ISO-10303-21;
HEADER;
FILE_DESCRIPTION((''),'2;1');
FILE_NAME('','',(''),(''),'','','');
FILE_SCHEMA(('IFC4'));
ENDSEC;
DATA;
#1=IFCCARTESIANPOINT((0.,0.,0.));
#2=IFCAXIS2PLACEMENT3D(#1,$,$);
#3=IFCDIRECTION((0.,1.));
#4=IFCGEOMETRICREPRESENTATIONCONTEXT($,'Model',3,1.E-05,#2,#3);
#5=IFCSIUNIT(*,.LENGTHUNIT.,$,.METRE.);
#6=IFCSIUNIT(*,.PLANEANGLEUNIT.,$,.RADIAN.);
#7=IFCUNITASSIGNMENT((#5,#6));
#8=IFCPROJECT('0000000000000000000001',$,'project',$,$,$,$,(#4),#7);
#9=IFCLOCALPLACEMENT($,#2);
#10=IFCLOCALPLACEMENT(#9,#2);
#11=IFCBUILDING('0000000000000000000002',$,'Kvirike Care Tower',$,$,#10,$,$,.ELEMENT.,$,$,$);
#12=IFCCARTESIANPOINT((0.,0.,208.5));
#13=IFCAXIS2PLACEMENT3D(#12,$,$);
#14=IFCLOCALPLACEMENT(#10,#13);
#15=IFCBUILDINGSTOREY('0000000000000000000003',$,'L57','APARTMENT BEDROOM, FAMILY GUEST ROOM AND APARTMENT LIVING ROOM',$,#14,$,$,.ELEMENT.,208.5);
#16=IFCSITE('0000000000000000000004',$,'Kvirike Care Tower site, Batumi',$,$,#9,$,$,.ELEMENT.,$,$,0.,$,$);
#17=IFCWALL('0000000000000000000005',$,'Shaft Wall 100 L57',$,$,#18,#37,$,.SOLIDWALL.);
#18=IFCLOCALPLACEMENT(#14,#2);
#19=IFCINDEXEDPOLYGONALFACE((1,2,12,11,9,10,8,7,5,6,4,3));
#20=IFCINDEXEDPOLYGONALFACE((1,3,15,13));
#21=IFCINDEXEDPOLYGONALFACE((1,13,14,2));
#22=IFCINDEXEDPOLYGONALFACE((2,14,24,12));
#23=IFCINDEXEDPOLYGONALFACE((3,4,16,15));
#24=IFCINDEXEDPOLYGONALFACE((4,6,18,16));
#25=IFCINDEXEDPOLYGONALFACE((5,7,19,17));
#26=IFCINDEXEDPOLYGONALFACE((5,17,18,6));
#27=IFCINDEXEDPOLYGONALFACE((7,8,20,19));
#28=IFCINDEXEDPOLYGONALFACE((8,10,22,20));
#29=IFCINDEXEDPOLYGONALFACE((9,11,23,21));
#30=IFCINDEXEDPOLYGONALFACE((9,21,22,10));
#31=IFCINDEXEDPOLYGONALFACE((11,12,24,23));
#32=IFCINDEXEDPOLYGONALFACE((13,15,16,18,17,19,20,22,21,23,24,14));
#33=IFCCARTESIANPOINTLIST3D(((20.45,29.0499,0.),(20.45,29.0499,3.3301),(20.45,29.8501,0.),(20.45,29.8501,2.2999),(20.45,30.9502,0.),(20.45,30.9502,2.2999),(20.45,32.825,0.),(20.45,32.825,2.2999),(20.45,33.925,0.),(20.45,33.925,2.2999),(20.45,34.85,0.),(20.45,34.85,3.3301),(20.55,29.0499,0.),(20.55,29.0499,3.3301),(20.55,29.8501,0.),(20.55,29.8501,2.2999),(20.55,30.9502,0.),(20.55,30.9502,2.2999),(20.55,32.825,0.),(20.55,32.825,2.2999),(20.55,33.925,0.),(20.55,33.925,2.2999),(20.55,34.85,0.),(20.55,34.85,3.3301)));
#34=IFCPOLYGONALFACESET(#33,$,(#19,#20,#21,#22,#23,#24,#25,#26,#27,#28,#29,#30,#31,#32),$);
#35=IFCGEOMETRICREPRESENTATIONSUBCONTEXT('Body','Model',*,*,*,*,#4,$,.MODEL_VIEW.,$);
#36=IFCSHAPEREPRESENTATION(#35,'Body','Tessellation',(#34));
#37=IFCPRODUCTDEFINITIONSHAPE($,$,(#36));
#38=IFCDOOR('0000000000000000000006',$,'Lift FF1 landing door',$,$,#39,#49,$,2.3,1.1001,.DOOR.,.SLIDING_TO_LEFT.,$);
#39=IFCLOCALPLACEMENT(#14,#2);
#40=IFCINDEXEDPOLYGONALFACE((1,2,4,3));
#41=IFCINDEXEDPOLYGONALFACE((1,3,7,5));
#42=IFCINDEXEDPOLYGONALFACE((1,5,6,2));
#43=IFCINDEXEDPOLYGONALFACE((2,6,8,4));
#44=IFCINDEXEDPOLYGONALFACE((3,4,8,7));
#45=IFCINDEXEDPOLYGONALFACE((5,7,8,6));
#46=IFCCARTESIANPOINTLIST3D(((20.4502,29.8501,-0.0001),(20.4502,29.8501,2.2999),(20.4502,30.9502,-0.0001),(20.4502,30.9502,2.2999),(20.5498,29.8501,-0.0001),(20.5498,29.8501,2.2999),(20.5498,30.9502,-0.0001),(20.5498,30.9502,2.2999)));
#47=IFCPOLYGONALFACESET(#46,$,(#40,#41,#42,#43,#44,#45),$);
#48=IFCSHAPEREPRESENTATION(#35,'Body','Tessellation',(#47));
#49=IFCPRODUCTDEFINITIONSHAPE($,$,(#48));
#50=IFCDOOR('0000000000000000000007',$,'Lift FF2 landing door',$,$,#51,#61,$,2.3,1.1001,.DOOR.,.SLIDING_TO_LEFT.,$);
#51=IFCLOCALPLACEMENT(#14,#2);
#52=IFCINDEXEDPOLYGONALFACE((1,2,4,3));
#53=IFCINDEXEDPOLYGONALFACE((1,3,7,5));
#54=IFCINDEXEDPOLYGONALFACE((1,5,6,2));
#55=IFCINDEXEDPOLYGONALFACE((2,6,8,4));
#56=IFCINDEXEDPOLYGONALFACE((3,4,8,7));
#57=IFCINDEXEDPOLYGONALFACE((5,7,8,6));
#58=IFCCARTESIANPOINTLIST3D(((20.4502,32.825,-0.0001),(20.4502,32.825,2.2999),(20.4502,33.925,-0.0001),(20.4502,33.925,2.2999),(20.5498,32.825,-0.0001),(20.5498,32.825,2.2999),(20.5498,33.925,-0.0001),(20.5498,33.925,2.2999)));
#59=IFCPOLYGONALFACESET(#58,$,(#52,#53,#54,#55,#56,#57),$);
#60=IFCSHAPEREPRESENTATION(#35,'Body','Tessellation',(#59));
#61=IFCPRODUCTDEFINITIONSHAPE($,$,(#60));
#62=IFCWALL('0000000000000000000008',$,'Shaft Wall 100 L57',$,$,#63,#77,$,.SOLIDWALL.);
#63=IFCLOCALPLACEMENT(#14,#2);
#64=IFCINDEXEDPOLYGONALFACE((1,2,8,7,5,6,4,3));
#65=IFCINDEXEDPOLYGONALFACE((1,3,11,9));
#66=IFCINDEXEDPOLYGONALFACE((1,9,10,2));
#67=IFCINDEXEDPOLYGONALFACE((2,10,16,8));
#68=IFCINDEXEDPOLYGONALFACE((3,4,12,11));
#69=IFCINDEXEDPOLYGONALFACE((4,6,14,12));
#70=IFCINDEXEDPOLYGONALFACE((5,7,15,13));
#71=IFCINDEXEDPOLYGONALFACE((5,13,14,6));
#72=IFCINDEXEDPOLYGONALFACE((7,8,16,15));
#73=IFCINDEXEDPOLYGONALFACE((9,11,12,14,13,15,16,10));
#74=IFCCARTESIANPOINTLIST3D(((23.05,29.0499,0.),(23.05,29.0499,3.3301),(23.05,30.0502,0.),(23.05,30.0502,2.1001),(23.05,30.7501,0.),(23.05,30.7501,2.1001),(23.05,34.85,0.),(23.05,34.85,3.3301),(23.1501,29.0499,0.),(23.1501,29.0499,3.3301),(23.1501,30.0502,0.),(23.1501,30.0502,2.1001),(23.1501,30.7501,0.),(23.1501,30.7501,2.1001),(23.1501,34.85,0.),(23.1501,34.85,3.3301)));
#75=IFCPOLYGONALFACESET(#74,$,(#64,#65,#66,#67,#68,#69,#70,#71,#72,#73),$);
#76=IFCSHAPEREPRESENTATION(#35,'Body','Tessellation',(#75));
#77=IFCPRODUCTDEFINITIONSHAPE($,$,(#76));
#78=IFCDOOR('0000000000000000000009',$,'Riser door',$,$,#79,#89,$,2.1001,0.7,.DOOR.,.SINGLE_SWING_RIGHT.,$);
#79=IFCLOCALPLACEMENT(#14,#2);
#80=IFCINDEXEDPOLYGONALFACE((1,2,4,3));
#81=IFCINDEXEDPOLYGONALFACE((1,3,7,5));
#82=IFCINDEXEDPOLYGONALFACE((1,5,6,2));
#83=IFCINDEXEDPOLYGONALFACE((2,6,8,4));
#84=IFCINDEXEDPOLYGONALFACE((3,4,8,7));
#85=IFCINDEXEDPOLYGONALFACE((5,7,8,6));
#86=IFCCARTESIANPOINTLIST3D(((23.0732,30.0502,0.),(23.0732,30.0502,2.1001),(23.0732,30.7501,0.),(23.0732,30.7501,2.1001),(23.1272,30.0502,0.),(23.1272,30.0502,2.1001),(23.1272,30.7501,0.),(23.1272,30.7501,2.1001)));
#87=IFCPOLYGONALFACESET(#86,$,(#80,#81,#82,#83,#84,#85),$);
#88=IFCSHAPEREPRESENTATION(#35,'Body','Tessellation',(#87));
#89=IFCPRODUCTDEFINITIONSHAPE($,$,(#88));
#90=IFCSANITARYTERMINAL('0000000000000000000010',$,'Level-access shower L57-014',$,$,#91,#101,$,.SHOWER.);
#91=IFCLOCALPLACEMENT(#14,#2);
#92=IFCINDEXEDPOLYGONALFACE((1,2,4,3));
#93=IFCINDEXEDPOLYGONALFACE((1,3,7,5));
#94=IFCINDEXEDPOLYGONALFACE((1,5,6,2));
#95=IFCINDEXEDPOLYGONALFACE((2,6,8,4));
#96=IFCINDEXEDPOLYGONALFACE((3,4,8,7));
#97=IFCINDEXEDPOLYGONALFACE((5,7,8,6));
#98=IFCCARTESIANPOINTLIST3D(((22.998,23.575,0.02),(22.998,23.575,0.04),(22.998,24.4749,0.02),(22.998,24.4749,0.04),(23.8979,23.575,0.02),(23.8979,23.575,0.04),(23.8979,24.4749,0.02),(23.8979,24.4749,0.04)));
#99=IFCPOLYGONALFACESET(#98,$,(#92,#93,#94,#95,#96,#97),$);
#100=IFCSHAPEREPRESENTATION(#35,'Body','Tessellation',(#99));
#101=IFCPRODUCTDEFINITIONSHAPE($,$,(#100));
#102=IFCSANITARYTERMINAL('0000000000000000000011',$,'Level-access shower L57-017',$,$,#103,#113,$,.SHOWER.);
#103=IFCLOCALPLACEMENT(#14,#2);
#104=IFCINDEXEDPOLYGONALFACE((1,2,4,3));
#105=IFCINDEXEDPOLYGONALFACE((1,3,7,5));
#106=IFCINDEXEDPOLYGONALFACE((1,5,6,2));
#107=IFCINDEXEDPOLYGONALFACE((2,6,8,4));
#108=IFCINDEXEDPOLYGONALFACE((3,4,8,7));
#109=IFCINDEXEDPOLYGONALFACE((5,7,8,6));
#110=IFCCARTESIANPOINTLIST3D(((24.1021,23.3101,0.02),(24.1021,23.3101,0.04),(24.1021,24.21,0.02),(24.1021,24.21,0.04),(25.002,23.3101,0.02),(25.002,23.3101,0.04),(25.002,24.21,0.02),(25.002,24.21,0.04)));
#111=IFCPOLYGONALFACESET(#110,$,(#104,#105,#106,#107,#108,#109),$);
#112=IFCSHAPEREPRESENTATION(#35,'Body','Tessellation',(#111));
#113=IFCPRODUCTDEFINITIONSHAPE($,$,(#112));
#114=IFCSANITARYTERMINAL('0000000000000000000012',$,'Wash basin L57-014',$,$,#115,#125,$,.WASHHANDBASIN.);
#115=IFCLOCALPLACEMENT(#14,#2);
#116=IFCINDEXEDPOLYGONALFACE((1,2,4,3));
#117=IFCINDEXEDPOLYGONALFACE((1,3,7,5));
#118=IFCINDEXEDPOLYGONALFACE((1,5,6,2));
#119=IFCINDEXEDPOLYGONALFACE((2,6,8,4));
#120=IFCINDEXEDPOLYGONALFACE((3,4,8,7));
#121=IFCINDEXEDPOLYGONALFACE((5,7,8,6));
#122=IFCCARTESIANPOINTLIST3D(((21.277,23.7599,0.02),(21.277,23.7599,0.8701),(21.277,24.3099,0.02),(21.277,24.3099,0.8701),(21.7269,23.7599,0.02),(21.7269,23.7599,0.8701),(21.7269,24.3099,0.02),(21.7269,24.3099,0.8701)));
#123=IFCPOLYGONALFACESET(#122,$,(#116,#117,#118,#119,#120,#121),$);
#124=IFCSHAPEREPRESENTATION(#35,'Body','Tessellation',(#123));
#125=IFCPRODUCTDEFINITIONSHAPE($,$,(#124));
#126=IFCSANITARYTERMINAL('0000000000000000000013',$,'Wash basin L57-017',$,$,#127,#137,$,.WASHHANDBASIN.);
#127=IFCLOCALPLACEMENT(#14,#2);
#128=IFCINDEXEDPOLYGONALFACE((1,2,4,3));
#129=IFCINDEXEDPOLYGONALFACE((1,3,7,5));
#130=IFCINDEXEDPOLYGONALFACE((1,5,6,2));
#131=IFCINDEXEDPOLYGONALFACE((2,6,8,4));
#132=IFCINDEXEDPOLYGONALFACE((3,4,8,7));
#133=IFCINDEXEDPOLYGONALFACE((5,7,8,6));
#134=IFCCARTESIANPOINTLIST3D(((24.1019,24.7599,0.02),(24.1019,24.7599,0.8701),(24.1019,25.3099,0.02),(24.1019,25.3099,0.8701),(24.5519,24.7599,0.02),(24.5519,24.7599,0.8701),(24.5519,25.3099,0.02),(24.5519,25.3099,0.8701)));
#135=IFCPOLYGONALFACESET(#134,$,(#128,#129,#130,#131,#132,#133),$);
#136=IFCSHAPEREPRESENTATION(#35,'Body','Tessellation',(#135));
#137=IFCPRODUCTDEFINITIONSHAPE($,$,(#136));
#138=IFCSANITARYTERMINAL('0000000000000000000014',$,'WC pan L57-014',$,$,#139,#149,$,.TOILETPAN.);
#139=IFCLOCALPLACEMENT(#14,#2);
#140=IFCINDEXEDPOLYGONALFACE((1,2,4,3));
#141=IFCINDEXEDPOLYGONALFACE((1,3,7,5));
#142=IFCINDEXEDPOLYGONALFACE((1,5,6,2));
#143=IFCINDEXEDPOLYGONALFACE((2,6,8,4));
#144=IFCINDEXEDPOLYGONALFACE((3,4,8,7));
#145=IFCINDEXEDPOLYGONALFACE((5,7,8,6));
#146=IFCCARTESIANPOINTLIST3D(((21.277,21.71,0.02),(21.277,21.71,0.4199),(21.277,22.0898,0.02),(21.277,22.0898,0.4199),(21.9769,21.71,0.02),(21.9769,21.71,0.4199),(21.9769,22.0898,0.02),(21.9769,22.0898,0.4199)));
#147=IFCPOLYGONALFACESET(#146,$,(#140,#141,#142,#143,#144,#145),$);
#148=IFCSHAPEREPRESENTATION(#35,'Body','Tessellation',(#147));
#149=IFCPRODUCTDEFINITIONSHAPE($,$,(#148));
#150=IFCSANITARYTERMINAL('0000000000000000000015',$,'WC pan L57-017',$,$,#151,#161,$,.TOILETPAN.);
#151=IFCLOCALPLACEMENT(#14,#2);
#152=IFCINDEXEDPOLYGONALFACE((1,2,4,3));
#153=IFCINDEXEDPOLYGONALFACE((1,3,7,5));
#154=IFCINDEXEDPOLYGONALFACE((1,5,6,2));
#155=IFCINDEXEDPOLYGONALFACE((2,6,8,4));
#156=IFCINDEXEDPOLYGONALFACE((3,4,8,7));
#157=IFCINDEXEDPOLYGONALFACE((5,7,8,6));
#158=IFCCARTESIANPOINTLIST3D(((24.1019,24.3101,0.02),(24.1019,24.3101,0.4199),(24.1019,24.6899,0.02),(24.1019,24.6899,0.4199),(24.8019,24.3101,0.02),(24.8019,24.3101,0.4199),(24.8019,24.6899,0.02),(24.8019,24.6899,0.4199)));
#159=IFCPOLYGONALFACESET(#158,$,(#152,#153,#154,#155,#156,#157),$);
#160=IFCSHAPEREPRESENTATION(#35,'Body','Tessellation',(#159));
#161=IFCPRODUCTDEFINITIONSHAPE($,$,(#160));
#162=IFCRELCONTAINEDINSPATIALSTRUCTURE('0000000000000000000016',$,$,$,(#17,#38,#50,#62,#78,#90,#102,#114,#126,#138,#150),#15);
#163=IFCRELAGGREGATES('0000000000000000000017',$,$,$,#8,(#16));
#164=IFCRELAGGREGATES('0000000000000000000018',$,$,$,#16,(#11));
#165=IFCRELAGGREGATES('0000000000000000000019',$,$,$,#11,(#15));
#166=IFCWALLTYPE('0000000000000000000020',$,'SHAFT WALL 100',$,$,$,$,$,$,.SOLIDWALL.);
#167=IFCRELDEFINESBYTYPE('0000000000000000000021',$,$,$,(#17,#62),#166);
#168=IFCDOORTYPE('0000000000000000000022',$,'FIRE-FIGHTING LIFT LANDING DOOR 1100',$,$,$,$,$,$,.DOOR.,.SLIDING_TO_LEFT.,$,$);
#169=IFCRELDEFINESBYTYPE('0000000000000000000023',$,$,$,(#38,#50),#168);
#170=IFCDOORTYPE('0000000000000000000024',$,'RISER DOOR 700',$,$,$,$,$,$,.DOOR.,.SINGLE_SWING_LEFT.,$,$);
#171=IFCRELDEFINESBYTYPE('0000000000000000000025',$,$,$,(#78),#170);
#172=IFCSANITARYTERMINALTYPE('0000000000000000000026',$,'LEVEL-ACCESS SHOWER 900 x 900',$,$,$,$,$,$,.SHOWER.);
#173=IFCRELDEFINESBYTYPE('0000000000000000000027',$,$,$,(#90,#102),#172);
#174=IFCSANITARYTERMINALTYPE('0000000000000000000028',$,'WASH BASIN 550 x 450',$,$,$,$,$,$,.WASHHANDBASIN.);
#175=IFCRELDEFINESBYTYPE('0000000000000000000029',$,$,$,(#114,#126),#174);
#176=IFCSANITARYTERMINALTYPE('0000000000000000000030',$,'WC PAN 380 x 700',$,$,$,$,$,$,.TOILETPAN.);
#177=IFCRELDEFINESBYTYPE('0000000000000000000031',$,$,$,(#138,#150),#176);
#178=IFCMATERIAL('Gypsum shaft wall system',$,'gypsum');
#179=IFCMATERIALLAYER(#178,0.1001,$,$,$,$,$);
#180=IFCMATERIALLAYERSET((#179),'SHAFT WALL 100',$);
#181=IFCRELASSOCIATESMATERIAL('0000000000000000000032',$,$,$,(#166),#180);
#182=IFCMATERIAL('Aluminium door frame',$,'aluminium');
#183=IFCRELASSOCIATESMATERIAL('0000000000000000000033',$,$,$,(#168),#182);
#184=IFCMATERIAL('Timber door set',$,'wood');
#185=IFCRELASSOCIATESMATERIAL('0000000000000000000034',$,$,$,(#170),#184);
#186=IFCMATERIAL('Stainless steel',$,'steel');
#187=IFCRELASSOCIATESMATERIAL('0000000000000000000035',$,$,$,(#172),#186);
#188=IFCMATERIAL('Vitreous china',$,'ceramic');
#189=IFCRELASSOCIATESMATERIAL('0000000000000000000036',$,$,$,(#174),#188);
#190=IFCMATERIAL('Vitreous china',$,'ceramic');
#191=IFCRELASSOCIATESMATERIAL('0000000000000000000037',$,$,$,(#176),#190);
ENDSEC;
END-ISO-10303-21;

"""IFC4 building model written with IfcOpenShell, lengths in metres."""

from ifc_helpers import new_model, si_unit, direction, frame, frame_2d, origin, origin_2d, place, context, subcontext, project, spatial, rectangle, extrude, material, layer, layer_set, type_object, element, fill, save


model = new_model("IFC4")

# Units and contexts
model_context = context("Model", 3, precision=1e-05, world=origin(), true_north=direction((0.0, 1.0)))
body_context = subcontext(model_context, "Body", "Model", "MODEL_VIEW")
ifc_project = project(units=[si_unit("LENGTHUNIT", "METRE"), si_unit("PLANEANGLEUNIT", "RADIAN")], contexts=[model_context])

# Site, building, storey
site_placement = place(None, origin())
site = spatial("IfcSite", under=ifc_project, at=site_placement, Name="Kvirike Care Tower site, Batumi", CompositionType="ELEMENT", RefElevation=0.0)
building_placement = place(site_placement, origin())
building = spatial("IfcBuilding", under=site, at=building_placement, Name="Kvirike Care Tower", CompositionType="ELEMENT")
storey_placement = place(building_placement, frame((0.0, 0.0, 208.5)))
storey = spatial("IfcBuildingStorey", under=building, at=storey_placement, Name="L57", Description="APARTMENT BEDROOM, FAMILY GUEST ROOM AND APARTMENT LIVING ROOM", CompositionType="ELEMENT", Elevation=208.5)

# Wall, openings, doors
ifc_material_1 = material(Name="Gypsum shaft wall system", Category="gypsum")
ifc_layer_1 = layer(ifc_material_1, 0.1001)
ifc_layer_set_1 = layer_set([ifc_layer_1], Name="SHAFT WALL 100")
wall_type_1 = type_object("IfcWallType", Name="SHAFT WALL 100", PredefinedType="SOLIDWALL", material=ifc_layer_set_1)
wall_1_placement = place(storey_placement, frame((20.5, 29.05, 0.0), z_axis=(0.0, 0.0, 1.0), x_axis=(0.0, 1.0, 0.0)))
wall_1 = element("IfcWall", 1, at=wall_1_placement, inside=storey, type_object=wall_type_1, Name="Shaft Wall 100 L57", PredefinedType="SOLIDWALL", context=body_context, shape_type="SweptSolid", body=[
    extrude(rectangle(XDim=5.8, YDim=0.1001, at=frame_2d((2.8999, 0.0))), origin(), (0.0, 0.0, 1.0), 3.3301),
])
opening_1_placement = place(wall_1_placement, frame((0.8, 0.0, 0.0)))
opening_1 = element("IfcOpeningElement", 2, at=opening_1_placement, cuts=wall_1, PredefinedType="OPENING", context=body_context, shape_type="SweptSolid", body=[
    extrude(rectangle(XDim=1.1001, YDim=2.3, at=frame_2d((0.55, 1.1499))), frame((0.0, 0.0605, 0.0), z_axis=(0.0, -1.0, 0.0), x_axis=(1.0, 0.0, 0.0)), (0.0, 0.0, 1.0), 0.1211),
])
opening_2_placement = place(wall_1_placement, frame((3.7749, 0.0, 0.0)))
opening_2 = element("IfcOpeningElement", 3, at=opening_2_placement, cuts=wall_1, PredefinedType="OPENING", context=body_context, shape_type="SweptSolid", body=[
    extrude(rectangle(XDim=1.1001, YDim=2.3, at=frame_2d((0.55, 1.1499))), frame((0.0, 0.0605, 0.0), z_axis=(0.0, -1.0, 0.0), x_axis=(1.0, 0.0, 0.0)), (0.0, 0.0, 1.0), 0.1211),
])
ifc_material_2 = material(Name="Aluminium door frame", Category="aluminium")
door_type_1 = type_object("IfcDoorType", Name="FIRE-FIGHTING LIFT LANDING DOOR 1100", OperationType="SLIDING_TO_LEFT", PredefinedType="DOOR", material=ifc_material_2)
door_1_placement = place(opening_1_placement, origin())
door_1 = element("IfcDoor", 4, at=door_1_placement, inside=storey, type_object=door_type_1, Name="Lift FF1 landing door", OperationType="SLIDING_TO_LEFT", OverallHeight=2.3, OverallWidth=1.1001, PredefinedType="DOOR", context=body_context, shape_type="SweptSolid", body=[
    extrude(rectangle(XDim=1.1001, YDim=2.3, at=frame_2d((0.55, 1.1499))), frame((0.0, 0.0498, 0.0), z_axis=(0.0, -1.0, 0.0), x_axis=(1.0, 0.0, 0.0)), (0.0, 0.0, 1.0), 0.0996),
])
fill(opening_1, door_1)
door_2_placement = place(opening_2_placement, origin())
door_2 = element("IfcDoor", 5, at=door_2_placement, inside=storey, type_object=door_type_1, Name="Lift FF2 landing door", OperationType="SLIDING_TO_LEFT", OverallHeight=2.3, OverallWidth=1.1001, PredefinedType="DOOR", context=body_context, shape_type="SweptSolid", body=[
    extrude(rectangle(XDim=1.1001, YDim=2.3, at=frame_2d((0.55, 1.1499))), frame((0.0, 0.0498, 0.0), z_axis=(0.0, -1.0, 0.0), x_axis=(1.0, 0.0, 0.0)), (0.0, 0.0, 1.0), 0.0996),
])
fill(opening_2, door_2)

# Wall, opening, door
wall_2_placement = place(storey_placement, frame((23.1001, 29.05, 0.0), z_axis=(0.0, 0.0, 1.0), x_axis=(0.0, 1.0, 0.0)))
wall_2 = element("IfcWall", 6, at=wall_2_placement, inside=storey, type_object=wall_type_1, Name="Shaft Wall 100 L57", PredefinedType="SOLIDWALL", context=body_context, shape_type="SweptSolid", body=[
    extrude(rectangle(XDim=5.8, YDim=0.1001, at=frame_2d((2.8999, 0.0))), origin(), (0.0, 0.0, 1.0), 3.3301),
])
opening_3_placement = place(wall_2_placement, frame((1.0, 0.0, 0.0)))
opening_3 = element("IfcOpeningElement", 7, at=opening_3_placement, cuts=wall_2, PredefinedType="OPENING", context=body_context, shape_type="SweptSolid", body=[
    extrude(rectangle(XDim=0.7, YDim=2.1001, at=frame_2d((0.3501, 1.05))), frame((0.0, 0.0605, 0.0), z_axis=(0.0, -1.0, 0.0), x_axis=(1.0, 0.0, 0.0)), (0.0, 0.0, 1.0), 0.1211),
])
ifc_material_3 = material(Name="Timber door set", Category="wood")
door_type_2 = type_object("IfcDoorType", Name="RISER DOOR 700", OperationType="SINGLE_SWING_LEFT", PredefinedType="DOOR", material=ifc_material_3)
door_3_placement = place(opening_3_placement, origin())
door_3 = element("IfcDoor", 8, at=door_3_placement, inside=storey, type_object=door_type_2, Name="Riser door", OperationType="SINGLE_SWING_RIGHT", OverallHeight=2.1001, OverallWidth=0.7, PredefinedType="DOOR", context=body_context, shape_type="SweptSolid", body=[
    extrude(rectangle(XDim=0.7, YDim=2.1001, at=frame_2d((0.3501, 1.05))), frame((0.0, 0.0269, 0.0), z_axis=(0.0, -1.0, 0.0), x_axis=(1.0, 0.0, 0.0)), (0.0, 0.0, 1.0), 0.054),
])
fill(opening_3, door_3)

# Sanitary terminals
ifc_material_4 = material(Name="Stainless steel", Category="steel")
sanitary_terminal_type_1 = type_object("IfcSanitaryTerminalType", Name="LEVEL-ACCESS SHOWER 900 x 900", PredefinedType="SHOWER", material=ifc_material_4)
for number, where, z_axis, x_axis, name in (
    (9, (23.448, 24.0249, 0.02), (0.0, 0.0, 1.0), (0.0, -1.0, 0.0), "Level-access shower L57-014"),
    (10, (24.552, 23.76, 0.02), (0.0, 0.0, 1.0), (0.0, 1.0, 0.0), "Level-access shower L57-017"),
):
    element("IfcSanitaryTerminal", number, at=place(storey_placement, frame(where, z_axis=z_axis, x_axis=x_axis)), inside=storey, type_object=sanitary_terminal_type_1, Name=name, PredefinedType="SHOWER", context=body_context, shape_type="SweptSolid", body=[
        extrude(rectangle(XDim=0.8999, YDim=0.8999, at=origin_2d()), origin(), (0.0, 0.0, 1.0), 0.02),
    ])
ifc_material_5 = material(Name="Vitreous china", Category="ceramic")
sanitary_terminal_type_2 = type_object("IfcSanitaryTerminalType", Name="WASH BASIN 550 x 450", PredefinedType="WASHHANDBASIN", material=ifc_material_5)
for number, where, z_axis, x_axis, name in (
    (11, (21.502, 24.0349, 0.02), (0.0, 0.0, 1.0), (0.0, 1.0, 0.0), "Wash basin L57-014"),
    (12, (24.3269, 25.0349, 0.02), (0.0, 0.0, 1.0), (0.0, 1.0, 0.0), "Wash basin L57-017"),
):
    element("IfcSanitaryTerminal", number, at=place(storey_placement, frame(where, z_axis=z_axis, x_axis=x_axis)), inside=storey, type_object=sanitary_terminal_type_2, Name=name, PredefinedType="WASHHANDBASIN", context=body_context, shape_type="SweptSolid", body=[
        extrude(rectangle(XDim=0.55, YDim=0.45, at=origin_2d()), origin(), (0.0, 0.0, 1.0), 0.8501),
    ])
ifc_material_6 = material(Name="Vitreous china", Category="ceramic")
sanitary_terminal_type_3 = type_object("IfcSanitaryTerminalType", Name="WC PAN 380 x 700", PredefinedType="TOILETPAN", material=ifc_material_6)
for number, where, z_axis, x_axis, name in (
    (13, (21.627, 21.8999, 0.02), (0.0, 0.0, 1.0), (0.0, 1.0, 0.0), "WC pan L57-014"),
    (14, (24.4519, 24.5, 0.02), (0.0, 0.0, 1.0), (0.0, 1.0, 0.0), "WC pan L57-017"),
):
    element("IfcSanitaryTerminal", number, at=place(storey_placement, frame(where, z_axis=z_axis, x_axis=x_axis)), inside=storey, type_object=sanitary_terminal_type_3, Name=name, PredefinedType="TOILETPAN", context=body_context, shape_type="SweptSolid", body=[
        extrude(rectangle(XDim=0.3799, YDim=0.7, at=origin_2d()), origin(), (0.0, 0.0, 1.0), 0.3999),
    ])

save(model, "model.ifc")
